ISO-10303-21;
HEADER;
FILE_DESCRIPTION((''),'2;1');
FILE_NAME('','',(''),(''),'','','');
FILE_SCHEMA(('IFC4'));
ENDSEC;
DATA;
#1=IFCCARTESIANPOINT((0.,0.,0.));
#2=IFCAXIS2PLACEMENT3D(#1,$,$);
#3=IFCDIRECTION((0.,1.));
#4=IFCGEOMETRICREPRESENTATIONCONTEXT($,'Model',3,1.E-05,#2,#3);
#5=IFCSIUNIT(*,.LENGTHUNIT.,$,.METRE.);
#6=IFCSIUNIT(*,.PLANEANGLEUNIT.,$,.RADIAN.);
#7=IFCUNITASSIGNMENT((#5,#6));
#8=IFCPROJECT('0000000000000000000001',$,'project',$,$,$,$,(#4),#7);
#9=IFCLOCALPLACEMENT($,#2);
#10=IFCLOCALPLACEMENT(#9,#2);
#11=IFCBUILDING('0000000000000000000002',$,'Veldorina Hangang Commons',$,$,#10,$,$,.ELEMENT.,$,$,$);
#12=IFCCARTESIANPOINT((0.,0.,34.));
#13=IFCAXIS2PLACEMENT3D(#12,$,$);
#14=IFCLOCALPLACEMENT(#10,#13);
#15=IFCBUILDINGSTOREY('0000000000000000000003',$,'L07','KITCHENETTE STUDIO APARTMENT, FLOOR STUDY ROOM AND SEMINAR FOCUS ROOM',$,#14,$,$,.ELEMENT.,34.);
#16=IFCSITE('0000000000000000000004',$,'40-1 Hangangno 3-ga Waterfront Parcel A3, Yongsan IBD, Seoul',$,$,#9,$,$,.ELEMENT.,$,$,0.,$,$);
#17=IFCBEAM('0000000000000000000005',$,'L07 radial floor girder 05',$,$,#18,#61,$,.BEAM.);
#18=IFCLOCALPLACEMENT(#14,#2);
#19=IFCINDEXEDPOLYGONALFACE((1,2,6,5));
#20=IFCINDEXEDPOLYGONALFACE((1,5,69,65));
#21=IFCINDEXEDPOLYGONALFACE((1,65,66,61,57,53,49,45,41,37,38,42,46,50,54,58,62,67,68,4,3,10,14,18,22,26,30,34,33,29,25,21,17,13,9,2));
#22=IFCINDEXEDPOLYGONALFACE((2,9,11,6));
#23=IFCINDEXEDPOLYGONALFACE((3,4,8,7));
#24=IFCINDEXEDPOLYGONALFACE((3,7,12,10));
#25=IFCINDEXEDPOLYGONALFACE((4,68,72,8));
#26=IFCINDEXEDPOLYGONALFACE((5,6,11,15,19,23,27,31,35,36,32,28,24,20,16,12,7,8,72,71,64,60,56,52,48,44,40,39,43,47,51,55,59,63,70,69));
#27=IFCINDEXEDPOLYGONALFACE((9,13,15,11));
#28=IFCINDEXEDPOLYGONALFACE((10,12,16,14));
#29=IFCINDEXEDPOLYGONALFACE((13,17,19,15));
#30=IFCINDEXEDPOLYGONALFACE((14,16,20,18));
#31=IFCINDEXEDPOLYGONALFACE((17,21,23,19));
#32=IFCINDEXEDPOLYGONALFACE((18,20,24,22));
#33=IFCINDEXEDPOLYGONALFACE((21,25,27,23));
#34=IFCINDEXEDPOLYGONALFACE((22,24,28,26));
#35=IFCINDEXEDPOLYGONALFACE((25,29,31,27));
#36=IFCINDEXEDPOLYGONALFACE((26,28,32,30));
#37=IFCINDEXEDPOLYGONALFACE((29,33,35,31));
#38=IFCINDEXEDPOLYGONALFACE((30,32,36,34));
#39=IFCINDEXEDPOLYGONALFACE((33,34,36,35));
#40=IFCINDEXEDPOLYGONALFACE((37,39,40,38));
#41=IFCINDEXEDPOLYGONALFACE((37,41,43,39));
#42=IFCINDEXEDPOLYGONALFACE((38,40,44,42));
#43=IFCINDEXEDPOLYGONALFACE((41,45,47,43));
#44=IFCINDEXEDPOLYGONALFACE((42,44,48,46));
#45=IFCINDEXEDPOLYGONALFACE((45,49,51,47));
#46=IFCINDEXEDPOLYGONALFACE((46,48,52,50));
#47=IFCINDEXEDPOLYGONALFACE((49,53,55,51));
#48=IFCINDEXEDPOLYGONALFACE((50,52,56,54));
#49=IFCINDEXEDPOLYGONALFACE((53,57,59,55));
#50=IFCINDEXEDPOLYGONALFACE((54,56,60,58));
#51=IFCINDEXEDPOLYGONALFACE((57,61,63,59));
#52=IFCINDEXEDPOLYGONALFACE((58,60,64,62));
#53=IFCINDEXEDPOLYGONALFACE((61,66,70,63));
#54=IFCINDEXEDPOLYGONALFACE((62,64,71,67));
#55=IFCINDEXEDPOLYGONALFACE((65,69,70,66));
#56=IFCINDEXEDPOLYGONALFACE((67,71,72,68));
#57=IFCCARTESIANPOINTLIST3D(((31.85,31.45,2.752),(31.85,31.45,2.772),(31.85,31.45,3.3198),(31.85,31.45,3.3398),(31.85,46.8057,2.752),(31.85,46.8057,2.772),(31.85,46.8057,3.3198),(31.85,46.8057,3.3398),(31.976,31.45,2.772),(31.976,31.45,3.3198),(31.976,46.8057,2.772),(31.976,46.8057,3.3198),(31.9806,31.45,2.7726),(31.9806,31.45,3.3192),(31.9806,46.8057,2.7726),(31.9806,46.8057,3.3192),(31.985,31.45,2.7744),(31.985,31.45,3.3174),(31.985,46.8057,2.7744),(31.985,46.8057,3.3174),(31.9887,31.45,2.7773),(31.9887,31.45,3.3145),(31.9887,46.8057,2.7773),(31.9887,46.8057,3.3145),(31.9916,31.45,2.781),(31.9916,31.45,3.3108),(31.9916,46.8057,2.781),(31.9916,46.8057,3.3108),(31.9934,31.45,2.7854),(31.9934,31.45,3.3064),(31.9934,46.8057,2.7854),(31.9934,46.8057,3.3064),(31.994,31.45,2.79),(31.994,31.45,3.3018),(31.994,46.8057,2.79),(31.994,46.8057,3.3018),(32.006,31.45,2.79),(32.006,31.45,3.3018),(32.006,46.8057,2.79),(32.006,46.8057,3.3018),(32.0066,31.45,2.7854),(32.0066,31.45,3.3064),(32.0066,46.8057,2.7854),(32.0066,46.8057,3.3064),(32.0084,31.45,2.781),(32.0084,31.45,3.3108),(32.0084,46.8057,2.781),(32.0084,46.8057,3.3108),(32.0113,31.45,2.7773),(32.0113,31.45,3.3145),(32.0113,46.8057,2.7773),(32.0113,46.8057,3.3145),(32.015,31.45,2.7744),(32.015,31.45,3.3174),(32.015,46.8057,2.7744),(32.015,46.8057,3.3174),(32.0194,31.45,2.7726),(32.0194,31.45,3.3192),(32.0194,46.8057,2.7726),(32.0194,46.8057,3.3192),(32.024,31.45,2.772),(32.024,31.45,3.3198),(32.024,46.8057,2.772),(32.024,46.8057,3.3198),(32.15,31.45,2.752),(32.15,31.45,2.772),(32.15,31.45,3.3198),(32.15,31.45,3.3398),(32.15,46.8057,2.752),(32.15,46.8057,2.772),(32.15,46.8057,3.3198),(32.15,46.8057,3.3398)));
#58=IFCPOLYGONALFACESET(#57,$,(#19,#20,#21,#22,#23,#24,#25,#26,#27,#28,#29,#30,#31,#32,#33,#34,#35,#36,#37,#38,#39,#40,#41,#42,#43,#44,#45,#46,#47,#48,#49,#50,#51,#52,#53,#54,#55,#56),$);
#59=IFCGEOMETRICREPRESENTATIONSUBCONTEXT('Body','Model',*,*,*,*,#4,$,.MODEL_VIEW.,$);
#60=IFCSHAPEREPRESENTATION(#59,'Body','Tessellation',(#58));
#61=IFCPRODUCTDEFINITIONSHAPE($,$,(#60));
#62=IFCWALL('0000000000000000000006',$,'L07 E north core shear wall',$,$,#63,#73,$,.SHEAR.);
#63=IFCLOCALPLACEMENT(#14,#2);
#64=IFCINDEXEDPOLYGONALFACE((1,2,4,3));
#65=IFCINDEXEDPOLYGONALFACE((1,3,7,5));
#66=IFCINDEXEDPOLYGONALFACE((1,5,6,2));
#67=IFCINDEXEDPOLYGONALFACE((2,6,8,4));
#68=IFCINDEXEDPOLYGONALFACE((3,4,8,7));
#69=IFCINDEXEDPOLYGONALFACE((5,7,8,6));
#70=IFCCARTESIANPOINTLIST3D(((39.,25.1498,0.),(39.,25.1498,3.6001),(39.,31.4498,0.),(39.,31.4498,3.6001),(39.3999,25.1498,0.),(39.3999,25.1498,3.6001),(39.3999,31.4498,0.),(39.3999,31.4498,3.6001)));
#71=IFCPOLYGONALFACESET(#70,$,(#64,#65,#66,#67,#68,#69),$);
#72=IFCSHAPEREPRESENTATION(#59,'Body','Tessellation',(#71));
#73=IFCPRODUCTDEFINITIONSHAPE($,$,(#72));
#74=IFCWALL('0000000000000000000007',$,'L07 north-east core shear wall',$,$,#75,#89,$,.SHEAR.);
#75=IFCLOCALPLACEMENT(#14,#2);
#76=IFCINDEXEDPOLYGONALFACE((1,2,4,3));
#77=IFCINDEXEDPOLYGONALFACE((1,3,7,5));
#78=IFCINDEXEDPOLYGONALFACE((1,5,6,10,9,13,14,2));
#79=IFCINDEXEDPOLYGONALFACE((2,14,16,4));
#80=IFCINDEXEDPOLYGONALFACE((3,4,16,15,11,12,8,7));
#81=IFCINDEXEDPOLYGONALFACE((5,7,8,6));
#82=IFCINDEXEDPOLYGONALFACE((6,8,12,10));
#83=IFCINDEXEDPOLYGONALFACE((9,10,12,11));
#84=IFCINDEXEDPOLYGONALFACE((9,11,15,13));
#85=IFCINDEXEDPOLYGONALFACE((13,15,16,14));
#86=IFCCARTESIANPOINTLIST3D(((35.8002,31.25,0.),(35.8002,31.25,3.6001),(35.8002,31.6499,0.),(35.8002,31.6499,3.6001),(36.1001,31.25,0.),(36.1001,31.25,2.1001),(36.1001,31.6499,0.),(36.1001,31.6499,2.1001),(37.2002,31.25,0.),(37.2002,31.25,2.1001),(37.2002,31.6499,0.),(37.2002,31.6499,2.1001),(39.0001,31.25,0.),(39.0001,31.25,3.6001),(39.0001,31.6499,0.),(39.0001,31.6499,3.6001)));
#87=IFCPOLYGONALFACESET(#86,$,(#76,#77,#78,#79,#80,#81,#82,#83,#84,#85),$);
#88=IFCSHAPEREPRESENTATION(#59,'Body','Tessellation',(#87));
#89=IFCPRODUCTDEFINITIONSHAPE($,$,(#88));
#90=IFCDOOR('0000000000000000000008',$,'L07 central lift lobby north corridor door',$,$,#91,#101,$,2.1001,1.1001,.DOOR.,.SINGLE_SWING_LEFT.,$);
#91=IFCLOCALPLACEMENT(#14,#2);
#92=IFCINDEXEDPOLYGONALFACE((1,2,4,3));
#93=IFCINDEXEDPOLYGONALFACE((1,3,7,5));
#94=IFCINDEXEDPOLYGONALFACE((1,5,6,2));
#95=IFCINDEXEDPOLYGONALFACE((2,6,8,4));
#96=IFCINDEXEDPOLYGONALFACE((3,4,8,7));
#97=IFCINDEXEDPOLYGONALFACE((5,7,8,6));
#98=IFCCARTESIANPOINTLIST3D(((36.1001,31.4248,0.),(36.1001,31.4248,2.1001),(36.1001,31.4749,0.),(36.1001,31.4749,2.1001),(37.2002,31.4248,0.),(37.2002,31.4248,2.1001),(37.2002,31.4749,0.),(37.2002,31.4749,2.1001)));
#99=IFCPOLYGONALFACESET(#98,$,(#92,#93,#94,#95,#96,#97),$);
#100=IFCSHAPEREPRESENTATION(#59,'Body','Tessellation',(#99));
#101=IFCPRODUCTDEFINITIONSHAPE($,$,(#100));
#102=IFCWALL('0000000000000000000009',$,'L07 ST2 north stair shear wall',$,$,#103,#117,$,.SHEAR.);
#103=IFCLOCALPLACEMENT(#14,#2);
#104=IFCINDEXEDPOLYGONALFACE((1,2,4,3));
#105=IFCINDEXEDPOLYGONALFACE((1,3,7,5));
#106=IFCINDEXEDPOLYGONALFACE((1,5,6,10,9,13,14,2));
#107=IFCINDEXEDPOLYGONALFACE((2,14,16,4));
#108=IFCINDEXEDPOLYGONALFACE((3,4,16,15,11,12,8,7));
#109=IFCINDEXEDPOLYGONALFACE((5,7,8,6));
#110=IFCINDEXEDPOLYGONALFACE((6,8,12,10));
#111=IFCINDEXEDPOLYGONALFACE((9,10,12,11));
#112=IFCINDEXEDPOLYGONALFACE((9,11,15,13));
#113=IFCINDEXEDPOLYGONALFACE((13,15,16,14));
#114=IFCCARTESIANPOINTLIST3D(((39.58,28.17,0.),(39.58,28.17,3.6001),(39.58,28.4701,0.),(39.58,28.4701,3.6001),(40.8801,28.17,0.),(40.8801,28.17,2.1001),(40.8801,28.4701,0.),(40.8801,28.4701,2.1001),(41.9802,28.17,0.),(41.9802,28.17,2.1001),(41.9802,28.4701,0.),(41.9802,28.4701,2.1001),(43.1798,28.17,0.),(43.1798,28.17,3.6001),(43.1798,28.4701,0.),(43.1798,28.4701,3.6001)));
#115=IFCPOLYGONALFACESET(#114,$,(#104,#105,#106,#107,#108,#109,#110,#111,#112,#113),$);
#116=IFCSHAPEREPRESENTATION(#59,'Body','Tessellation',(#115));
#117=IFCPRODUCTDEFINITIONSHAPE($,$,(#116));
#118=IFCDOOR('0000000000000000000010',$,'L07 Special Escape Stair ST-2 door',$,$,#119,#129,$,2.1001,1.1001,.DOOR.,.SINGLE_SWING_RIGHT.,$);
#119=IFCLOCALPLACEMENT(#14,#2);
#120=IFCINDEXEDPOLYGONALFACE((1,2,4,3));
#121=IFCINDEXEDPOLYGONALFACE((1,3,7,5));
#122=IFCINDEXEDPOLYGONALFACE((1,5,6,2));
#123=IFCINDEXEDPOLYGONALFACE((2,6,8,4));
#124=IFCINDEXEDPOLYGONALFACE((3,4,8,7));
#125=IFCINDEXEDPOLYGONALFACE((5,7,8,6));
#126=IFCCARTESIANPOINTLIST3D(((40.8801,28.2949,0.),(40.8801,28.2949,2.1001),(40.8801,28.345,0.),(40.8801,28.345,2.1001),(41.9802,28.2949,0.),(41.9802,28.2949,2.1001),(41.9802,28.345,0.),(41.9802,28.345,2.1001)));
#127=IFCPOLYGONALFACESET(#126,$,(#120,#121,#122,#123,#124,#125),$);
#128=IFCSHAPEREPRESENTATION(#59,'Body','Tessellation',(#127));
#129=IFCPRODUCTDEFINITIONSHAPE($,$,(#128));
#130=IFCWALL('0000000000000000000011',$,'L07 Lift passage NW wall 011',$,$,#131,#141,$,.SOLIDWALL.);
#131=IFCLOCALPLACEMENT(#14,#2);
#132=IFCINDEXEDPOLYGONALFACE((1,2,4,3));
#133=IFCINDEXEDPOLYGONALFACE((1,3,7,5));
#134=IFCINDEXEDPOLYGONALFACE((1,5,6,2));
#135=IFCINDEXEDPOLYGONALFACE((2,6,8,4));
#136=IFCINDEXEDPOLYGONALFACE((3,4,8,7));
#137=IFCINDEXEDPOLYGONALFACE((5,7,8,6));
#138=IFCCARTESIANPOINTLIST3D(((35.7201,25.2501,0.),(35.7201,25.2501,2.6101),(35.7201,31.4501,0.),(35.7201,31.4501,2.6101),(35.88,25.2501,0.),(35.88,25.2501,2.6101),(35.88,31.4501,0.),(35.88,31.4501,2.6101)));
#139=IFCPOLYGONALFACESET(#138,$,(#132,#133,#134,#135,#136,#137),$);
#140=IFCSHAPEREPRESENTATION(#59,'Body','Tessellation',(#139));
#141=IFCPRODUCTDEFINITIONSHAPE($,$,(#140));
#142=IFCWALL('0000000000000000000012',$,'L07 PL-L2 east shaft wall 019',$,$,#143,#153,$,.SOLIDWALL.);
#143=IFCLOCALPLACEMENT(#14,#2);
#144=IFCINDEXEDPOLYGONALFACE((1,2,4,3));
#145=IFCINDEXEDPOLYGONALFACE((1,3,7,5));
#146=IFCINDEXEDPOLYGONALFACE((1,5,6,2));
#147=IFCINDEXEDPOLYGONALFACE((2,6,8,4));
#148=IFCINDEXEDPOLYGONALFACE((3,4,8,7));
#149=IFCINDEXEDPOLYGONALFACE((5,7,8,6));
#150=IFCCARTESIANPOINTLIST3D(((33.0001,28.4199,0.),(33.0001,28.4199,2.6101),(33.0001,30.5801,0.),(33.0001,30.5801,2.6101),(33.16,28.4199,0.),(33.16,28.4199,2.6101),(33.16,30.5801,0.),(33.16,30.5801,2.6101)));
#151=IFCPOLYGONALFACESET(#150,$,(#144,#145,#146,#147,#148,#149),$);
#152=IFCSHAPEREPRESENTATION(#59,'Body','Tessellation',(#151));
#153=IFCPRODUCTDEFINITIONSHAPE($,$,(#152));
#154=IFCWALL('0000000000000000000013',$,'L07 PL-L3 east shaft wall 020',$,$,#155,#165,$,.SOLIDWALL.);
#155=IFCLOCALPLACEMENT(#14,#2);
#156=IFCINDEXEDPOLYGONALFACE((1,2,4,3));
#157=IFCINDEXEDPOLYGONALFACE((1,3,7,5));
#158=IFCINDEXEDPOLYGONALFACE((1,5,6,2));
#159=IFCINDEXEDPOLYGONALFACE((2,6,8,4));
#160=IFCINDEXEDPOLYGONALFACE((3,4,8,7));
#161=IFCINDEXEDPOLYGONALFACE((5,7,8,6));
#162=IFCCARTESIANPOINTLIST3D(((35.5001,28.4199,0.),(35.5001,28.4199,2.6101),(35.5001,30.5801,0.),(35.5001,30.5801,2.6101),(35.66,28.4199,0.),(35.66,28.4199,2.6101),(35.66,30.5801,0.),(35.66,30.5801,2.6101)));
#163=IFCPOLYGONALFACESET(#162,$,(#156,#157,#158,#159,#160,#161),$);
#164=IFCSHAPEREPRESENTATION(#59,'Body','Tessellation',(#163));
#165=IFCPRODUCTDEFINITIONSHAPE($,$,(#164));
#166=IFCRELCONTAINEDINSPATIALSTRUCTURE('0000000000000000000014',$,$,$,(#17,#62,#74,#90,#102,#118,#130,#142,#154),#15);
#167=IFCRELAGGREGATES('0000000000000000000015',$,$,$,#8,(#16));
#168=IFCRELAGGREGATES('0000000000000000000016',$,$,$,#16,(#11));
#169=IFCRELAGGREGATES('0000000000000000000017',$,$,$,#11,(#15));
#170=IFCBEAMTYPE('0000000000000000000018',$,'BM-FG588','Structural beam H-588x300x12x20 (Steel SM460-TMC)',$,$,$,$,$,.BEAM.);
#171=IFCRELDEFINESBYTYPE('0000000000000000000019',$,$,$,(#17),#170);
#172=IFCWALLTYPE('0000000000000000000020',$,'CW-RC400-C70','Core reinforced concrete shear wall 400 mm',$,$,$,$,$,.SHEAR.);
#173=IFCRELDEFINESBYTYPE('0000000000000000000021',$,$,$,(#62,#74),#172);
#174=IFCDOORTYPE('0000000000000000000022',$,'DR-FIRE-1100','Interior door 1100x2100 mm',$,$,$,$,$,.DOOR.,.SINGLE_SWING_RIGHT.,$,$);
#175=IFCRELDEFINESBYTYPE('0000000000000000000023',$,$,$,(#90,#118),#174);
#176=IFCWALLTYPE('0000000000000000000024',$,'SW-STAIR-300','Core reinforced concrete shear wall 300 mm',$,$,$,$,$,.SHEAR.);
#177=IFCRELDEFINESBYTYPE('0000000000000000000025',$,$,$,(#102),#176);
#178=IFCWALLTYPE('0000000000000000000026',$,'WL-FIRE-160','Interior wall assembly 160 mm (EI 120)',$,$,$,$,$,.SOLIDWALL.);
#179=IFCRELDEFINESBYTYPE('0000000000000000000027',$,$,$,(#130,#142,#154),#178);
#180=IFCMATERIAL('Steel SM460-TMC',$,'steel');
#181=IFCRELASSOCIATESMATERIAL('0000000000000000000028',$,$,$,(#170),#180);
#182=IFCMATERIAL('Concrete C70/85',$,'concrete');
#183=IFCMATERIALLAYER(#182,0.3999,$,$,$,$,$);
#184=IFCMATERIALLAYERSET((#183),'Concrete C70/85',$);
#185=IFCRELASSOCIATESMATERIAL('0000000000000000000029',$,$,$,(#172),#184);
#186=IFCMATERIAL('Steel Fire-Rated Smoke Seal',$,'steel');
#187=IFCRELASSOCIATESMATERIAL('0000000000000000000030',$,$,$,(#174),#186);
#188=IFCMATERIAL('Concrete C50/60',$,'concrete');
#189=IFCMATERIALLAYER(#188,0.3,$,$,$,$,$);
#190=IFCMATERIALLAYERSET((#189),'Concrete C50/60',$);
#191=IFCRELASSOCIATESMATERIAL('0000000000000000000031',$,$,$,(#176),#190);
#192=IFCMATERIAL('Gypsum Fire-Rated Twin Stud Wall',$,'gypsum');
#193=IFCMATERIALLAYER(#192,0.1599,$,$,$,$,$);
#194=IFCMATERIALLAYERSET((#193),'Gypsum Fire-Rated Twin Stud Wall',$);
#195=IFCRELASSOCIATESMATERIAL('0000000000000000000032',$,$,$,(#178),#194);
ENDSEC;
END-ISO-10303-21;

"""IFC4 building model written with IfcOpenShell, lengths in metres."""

from ifc_helpers import new_model, si_unit, direction, frame, frame_2d, origin, origin_2d, place, context, subcontext, project, spatial, rectangle, i_section, extrude, material, layer, layer_set, material_profile, profile_set, type_object, element, fill, save


model = new_model("IFC4")

# Units and contexts
model_context = context("Model", 3, precision=1e-05, world=origin(), true_north=direction((0.0, 1.0)))
body_context = subcontext(model_context, "Body", "Model", "MODEL_VIEW")
ifc_project = project(units=[si_unit("LENGTHUNIT", "METRE"), si_unit("PLANEANGLEUNIT", "RADIAN")], contexts=[model_context])

# Site, building, storey
site_placement = place(None, origin())
site = spatial("IfcSite", under=ifc_project, at=site_placement, Name="40-1 Hangangno 3-ga Waterfront Parcel A3, Yongsan IBD, Seoul", CompositionType="ELEMENT", RefElevation=0.0)
building_placement = place(site_placement, origin())
building = spatial("IfcBuilding", under=site, at=building_placement, Name="Veldorina Hangang Commons", CompositionType="ELEMENT")
storey_placement = place(building_placement, frame((0.0, 0.0, 34.0)))
storey = spatial("IfcBuildingStorey", under=building, at=storey_placement, Name="L07", Description="KITCHENETTE STUDIO APARTMENT, FLOOR STUDY ROOM AND SEMINAR FOCUS ROOM", CompositionType="ELEMENT", Elevation=34.0)

# Beam
ifc_material_1 = material(Name="Concrete C70/85", Category="concrete")
ifc_material_2 = material(Name="Steel SM460-TMC", Category="steel")
ifc_material_profile_1 = material_profile(ifc_material_2, i_section(OverallWidth=0.3, OverallDepth=0.5879, WebThickness=0.012, FlangeThickness=0.02, FilletRadius=0.0181, at=origin_2d()), Name="H-588x300x12x20")
ifc_profile_set_1 = profile_set([ifc_material_profile_1], Name="Steel SM460-TMC")
beam_type_1 = type_object("IfcBeamType", Name="BM-FG588", Description="Structural beam H-588x300x12x20 (Steel SM460-TMC)", PredefinedType="BEAM", material=ifc_profile_set_1)
beam_1_placement = place(storey_placement, frame((32.0, 31.45, 3.0459), z_axis=(0.0, 1.0, 0.0), x_axis=(-1.0, 0.0, 0.0)))
element("IfcBeam", 1, at=beam_1_placement, inside=storey, type_object=beam_type_1, Name="L07 radial floor girder 05", PredefinedType="BEAM", context=body_context, shape_type="SweptSolid", body=[
    extrude(i_section(OverallWidth=0.3, OverallDepth=0.5879, WebThickness=0.012, FlangeThickness=0.02, FilletRadius=0.0181, at=origin_2d()), origin(), (0.0, 0.0, 1.0), 15.3557),
])

# Wall
ifc_layer_1 = layer(ifc_material_1, 0.3999)
ifc_layer_set_1 = layer_set([ifc_layer_1], Name="Concrete C70/85")
wall_type_1 = type_object("IfcWallType", Name="CW-RC400-C70", Description="Core reinforced concrete shear wall 400 mm", PredefinedType="SHEAR", material=ifc_layer_set_1)
wall_1_placement = place(storey_placement, frame((39.2, 25.1499, 0.0), z_axis=(0.0, 0.0, 1.0), x_axis=(0.0, 1.0, 0.0)))
element("IfcWall", 2, at=wall_1_placement, inside=storey, type_object=wall_type_1, Name="L07 E north core shear wall", PredefinedType="SHEAR", context=body_context, shape_type="SweptSolid", body=[
    extrude(rectangle(XDim=6.3, YDim=0.3999, at=frame_2d((3.1499, 0.0))), origin(), (0.0, 0.0, 1.0), 3.6001),
])

# Walls, openings, doors
wall_2_placement = place(storey_placement, frame((35.8, 31.45, 0.0), z_axis=(0.0, 0.0, 1.0), x_axis=(1.0, 0.0, 0.0)))
wall_2 = element("IfcWall", 3, at=wall_2_placement, inside=storey, type_object=wall_type_1, Name="L07 north-east core shear wall", PredefinedType="SHEAR", context=body_context, shape_type="SweptSolid", body=[
    extrude(rectangle(XDim=3.2, YDim=0.3999, at=frame_2d((1.6001, 0.0))), origin(), (0.0, 0.0, 1.0), 3.6001),
])
opening_1_placement = place(wall_2_placement, frame((0.3, 0.0, 0.0)))
opening_1 = element("IfcOpeningElement", 4, at=opening_1_placement, cuts=wall_2, PredefinedType="OPENING", context=body_context, shape_type="SweptSolid", body=[
    extrude(rectangle(XDim=1.1001, YDim=2.1001, at=frame_2d((0.55, 1.05))), frame((0.0, 0.21, 0.0), z_axis=(0.0, -1.0, 0.0), x_axis=(1.0, 0.0, 0.0)), (0.0, 0.0, 1.0), 0.4199),
])
ifc_material_3 = material(Name="Steel Fire-Rated Smoke Seal", Category="steel")
door_type_1 = type_object("IfcDoorType", Name="DR-FIRE-1100", Description="Interior door 1100x2100 mm", OperationType="SINGLE_SWING_RIGHT", PredefinedType="DOOR", material=ifc_material_3)
door_1_placement = place(opening_1_placement, origin())
door_1 = element("IfcDoor", 5, at=door_1_placement, inside=storey, type_object=door_type_1, Name="L07 central lift lobby north corridor door", OperationType="SINGLE_SWING_LEFT", OverallHeight=2.1001, OverallWidth=1.1001, PredefinedType="DOOR", context=body_context, shape_type="SweptSolid", body=[
    extrude(rectangle(XDim=1.1001, YDim=2.1001, at=frame_2d((0.55, 1.05))), frame((0.0, 0.0249, 0.0), z_axis=(0.0, -1.0, 0.0), x_axis=(1.0, 0.0, 0.0)), (0.0, 0.0, 1.0), 0.05),
])
fill(opening_1, door_1)
ifc_material_4 = material(Name="Concrete C50/60", Category="concrete")
ifc_layer_2 = layer(ifc_material_4, 0.3)
ifc_layer_set_2 = layer_set([ifc_layer_2], Name="Concrete C50/60")
wall_type_2 = type_object("IfcWallType", Name="SW-STAIR-300", Description="Core reinforced concrete shear wall 300 mm", PredefinedType="SHEAR", material=ifc_layer_set_2)
wall_3_placement = place(storey_placement, frame((39.5801, 28.3201, 0.0), z_axis=(0.0, 0.0, 1.0), x_axis=(1.0, 0.0, 0.0)))
wall_3 = element("IfcWall", 6, at=wall_3_placement, inside=storey, type_object=wall_type_2, Name="L07 ST2 north stair shear wall", PredefinedType="SHEAR", context=body_context, shape_type="SweptSolid", body=[
    extrude(rectangle(XDim=3.5999, YDim=0.3, at=frame_2d((1.7998, 0.0))), origin(), (0.0, 0.0, 1.0), 3.6001),
])
opening_2_placement = place(wall_3_placement, frame((1.3, 0.0, 0.0)))
opening_2 = element("IfcOpeningElement", 7, at=opening_2_placement, cuts=wall_3, PredefinedType="OPENING", context=body_context, shape_type="SweptSolid", body=[
    extrude(rectangle(XDim=1.1001, YDim=2.1001, at=frame_2d((0.55, 1.05))), frame((0.0, 0.1602, 0.0), z_axis=(0.0, -1.0, 0.0), x_axis=(1.0, 0.0, 0.0)), (0.0, 0.0, 1.0), 0.3201),
])
door_2_placement = place(opening_2_placement, origin())
door_2 = element("IfcDoor", 8, at=door_2_placement, inside=storey, type_object=door_type_1, Name="L07 Special Escape Stair ST-2 door", OperationType="SINGLE_SWING_RIGHT", OverallHeight=2.1001, OverallWidth=1.1001, PredefinedType="DOOR", context=body_context, shape_type="SweptSolid", body=[
    extrude(rectangle(XDim=1.1001, YDim=2.1001, at=frame_2d((0.55, 1.05))), frame((0.0, 0.0249, 0.0), z_axis=(0.0, -1.0, 0.0), x_axis=(1.0, 0.0, 0.0)), (0.0, 0.0, 1.0), 0.05),
])
fill(opening_2, door_2)

# Walls
ifc_material_5 = material(Name="Gypsum Fire-Rated Twin Stud Wall", Category="gypsum")
ifc_layer_3 = layer(ifc_material_5, 0.1599)
ifc_layer_set_3 = layer_set([ifc_layer_3], Name="Gypsum Fire-Rated Twin Stud Wall")
wall_type_3 = type_object("IfcWallType", Name="WL-FIRE-160", Description="Interior wall assembly 160 mm (EI 120)", PredefinedType="SOLIDWALL", material=ifc_layer_set_3)
wall_4_placement = place(storey_placement, frame((35.8, 25.25, 0.0), z_axis=(0.0, 0.0, 1.0), x_axis=(0.0, 1.0, 0.0)))
element("IfcWall", 9, at=wall_4_placement, inside=storey, type_object=wall_type_3, Name="L07 Lift passage NW wall 011", PredefinedType="SOLIDWALL", context=body_context, shape_type="SweptSolid", body=[
    extrude(rectangle(XDim=6.2, YDim=0.1599, at=frame_2d((3.1001, 0.0))), origin(), (0.0, 0.0, 1.0), 2.6101),
])
for number, where, z_axis, x_axis, name in (
    (10, (33.0801, 28.4199, 0.0), (0.0, 0.0, 1.0), (0.0, 1.0, 0.0), "L07 PL-L2 east shaft wall 019"),
    (11, (35.5801, 28.4199, 0.0), (0.0, 0.0, 1.0), (0.0, 1.0, 0.0), "L07 PL-L3 east shaft wall 020"),
):
    element("IfcWall", number, at=place(storey_placement, frame(where, z_axis=z_axis, x_axis=x_axis)), inside=storey, type_object=wall_type_3, Name=name, PredefinedType="SOLIDWALL", context=body_context, shape_type="SweptSolid", body=[
        extrude(rectangle(XDim=2.1602, YDim=0.1599, at=frame_2d((1.0801, 0.0))), origin(), (0.0, 0.0, 1.0), 2.6101),
    ])

save(model, "model.ifc")
